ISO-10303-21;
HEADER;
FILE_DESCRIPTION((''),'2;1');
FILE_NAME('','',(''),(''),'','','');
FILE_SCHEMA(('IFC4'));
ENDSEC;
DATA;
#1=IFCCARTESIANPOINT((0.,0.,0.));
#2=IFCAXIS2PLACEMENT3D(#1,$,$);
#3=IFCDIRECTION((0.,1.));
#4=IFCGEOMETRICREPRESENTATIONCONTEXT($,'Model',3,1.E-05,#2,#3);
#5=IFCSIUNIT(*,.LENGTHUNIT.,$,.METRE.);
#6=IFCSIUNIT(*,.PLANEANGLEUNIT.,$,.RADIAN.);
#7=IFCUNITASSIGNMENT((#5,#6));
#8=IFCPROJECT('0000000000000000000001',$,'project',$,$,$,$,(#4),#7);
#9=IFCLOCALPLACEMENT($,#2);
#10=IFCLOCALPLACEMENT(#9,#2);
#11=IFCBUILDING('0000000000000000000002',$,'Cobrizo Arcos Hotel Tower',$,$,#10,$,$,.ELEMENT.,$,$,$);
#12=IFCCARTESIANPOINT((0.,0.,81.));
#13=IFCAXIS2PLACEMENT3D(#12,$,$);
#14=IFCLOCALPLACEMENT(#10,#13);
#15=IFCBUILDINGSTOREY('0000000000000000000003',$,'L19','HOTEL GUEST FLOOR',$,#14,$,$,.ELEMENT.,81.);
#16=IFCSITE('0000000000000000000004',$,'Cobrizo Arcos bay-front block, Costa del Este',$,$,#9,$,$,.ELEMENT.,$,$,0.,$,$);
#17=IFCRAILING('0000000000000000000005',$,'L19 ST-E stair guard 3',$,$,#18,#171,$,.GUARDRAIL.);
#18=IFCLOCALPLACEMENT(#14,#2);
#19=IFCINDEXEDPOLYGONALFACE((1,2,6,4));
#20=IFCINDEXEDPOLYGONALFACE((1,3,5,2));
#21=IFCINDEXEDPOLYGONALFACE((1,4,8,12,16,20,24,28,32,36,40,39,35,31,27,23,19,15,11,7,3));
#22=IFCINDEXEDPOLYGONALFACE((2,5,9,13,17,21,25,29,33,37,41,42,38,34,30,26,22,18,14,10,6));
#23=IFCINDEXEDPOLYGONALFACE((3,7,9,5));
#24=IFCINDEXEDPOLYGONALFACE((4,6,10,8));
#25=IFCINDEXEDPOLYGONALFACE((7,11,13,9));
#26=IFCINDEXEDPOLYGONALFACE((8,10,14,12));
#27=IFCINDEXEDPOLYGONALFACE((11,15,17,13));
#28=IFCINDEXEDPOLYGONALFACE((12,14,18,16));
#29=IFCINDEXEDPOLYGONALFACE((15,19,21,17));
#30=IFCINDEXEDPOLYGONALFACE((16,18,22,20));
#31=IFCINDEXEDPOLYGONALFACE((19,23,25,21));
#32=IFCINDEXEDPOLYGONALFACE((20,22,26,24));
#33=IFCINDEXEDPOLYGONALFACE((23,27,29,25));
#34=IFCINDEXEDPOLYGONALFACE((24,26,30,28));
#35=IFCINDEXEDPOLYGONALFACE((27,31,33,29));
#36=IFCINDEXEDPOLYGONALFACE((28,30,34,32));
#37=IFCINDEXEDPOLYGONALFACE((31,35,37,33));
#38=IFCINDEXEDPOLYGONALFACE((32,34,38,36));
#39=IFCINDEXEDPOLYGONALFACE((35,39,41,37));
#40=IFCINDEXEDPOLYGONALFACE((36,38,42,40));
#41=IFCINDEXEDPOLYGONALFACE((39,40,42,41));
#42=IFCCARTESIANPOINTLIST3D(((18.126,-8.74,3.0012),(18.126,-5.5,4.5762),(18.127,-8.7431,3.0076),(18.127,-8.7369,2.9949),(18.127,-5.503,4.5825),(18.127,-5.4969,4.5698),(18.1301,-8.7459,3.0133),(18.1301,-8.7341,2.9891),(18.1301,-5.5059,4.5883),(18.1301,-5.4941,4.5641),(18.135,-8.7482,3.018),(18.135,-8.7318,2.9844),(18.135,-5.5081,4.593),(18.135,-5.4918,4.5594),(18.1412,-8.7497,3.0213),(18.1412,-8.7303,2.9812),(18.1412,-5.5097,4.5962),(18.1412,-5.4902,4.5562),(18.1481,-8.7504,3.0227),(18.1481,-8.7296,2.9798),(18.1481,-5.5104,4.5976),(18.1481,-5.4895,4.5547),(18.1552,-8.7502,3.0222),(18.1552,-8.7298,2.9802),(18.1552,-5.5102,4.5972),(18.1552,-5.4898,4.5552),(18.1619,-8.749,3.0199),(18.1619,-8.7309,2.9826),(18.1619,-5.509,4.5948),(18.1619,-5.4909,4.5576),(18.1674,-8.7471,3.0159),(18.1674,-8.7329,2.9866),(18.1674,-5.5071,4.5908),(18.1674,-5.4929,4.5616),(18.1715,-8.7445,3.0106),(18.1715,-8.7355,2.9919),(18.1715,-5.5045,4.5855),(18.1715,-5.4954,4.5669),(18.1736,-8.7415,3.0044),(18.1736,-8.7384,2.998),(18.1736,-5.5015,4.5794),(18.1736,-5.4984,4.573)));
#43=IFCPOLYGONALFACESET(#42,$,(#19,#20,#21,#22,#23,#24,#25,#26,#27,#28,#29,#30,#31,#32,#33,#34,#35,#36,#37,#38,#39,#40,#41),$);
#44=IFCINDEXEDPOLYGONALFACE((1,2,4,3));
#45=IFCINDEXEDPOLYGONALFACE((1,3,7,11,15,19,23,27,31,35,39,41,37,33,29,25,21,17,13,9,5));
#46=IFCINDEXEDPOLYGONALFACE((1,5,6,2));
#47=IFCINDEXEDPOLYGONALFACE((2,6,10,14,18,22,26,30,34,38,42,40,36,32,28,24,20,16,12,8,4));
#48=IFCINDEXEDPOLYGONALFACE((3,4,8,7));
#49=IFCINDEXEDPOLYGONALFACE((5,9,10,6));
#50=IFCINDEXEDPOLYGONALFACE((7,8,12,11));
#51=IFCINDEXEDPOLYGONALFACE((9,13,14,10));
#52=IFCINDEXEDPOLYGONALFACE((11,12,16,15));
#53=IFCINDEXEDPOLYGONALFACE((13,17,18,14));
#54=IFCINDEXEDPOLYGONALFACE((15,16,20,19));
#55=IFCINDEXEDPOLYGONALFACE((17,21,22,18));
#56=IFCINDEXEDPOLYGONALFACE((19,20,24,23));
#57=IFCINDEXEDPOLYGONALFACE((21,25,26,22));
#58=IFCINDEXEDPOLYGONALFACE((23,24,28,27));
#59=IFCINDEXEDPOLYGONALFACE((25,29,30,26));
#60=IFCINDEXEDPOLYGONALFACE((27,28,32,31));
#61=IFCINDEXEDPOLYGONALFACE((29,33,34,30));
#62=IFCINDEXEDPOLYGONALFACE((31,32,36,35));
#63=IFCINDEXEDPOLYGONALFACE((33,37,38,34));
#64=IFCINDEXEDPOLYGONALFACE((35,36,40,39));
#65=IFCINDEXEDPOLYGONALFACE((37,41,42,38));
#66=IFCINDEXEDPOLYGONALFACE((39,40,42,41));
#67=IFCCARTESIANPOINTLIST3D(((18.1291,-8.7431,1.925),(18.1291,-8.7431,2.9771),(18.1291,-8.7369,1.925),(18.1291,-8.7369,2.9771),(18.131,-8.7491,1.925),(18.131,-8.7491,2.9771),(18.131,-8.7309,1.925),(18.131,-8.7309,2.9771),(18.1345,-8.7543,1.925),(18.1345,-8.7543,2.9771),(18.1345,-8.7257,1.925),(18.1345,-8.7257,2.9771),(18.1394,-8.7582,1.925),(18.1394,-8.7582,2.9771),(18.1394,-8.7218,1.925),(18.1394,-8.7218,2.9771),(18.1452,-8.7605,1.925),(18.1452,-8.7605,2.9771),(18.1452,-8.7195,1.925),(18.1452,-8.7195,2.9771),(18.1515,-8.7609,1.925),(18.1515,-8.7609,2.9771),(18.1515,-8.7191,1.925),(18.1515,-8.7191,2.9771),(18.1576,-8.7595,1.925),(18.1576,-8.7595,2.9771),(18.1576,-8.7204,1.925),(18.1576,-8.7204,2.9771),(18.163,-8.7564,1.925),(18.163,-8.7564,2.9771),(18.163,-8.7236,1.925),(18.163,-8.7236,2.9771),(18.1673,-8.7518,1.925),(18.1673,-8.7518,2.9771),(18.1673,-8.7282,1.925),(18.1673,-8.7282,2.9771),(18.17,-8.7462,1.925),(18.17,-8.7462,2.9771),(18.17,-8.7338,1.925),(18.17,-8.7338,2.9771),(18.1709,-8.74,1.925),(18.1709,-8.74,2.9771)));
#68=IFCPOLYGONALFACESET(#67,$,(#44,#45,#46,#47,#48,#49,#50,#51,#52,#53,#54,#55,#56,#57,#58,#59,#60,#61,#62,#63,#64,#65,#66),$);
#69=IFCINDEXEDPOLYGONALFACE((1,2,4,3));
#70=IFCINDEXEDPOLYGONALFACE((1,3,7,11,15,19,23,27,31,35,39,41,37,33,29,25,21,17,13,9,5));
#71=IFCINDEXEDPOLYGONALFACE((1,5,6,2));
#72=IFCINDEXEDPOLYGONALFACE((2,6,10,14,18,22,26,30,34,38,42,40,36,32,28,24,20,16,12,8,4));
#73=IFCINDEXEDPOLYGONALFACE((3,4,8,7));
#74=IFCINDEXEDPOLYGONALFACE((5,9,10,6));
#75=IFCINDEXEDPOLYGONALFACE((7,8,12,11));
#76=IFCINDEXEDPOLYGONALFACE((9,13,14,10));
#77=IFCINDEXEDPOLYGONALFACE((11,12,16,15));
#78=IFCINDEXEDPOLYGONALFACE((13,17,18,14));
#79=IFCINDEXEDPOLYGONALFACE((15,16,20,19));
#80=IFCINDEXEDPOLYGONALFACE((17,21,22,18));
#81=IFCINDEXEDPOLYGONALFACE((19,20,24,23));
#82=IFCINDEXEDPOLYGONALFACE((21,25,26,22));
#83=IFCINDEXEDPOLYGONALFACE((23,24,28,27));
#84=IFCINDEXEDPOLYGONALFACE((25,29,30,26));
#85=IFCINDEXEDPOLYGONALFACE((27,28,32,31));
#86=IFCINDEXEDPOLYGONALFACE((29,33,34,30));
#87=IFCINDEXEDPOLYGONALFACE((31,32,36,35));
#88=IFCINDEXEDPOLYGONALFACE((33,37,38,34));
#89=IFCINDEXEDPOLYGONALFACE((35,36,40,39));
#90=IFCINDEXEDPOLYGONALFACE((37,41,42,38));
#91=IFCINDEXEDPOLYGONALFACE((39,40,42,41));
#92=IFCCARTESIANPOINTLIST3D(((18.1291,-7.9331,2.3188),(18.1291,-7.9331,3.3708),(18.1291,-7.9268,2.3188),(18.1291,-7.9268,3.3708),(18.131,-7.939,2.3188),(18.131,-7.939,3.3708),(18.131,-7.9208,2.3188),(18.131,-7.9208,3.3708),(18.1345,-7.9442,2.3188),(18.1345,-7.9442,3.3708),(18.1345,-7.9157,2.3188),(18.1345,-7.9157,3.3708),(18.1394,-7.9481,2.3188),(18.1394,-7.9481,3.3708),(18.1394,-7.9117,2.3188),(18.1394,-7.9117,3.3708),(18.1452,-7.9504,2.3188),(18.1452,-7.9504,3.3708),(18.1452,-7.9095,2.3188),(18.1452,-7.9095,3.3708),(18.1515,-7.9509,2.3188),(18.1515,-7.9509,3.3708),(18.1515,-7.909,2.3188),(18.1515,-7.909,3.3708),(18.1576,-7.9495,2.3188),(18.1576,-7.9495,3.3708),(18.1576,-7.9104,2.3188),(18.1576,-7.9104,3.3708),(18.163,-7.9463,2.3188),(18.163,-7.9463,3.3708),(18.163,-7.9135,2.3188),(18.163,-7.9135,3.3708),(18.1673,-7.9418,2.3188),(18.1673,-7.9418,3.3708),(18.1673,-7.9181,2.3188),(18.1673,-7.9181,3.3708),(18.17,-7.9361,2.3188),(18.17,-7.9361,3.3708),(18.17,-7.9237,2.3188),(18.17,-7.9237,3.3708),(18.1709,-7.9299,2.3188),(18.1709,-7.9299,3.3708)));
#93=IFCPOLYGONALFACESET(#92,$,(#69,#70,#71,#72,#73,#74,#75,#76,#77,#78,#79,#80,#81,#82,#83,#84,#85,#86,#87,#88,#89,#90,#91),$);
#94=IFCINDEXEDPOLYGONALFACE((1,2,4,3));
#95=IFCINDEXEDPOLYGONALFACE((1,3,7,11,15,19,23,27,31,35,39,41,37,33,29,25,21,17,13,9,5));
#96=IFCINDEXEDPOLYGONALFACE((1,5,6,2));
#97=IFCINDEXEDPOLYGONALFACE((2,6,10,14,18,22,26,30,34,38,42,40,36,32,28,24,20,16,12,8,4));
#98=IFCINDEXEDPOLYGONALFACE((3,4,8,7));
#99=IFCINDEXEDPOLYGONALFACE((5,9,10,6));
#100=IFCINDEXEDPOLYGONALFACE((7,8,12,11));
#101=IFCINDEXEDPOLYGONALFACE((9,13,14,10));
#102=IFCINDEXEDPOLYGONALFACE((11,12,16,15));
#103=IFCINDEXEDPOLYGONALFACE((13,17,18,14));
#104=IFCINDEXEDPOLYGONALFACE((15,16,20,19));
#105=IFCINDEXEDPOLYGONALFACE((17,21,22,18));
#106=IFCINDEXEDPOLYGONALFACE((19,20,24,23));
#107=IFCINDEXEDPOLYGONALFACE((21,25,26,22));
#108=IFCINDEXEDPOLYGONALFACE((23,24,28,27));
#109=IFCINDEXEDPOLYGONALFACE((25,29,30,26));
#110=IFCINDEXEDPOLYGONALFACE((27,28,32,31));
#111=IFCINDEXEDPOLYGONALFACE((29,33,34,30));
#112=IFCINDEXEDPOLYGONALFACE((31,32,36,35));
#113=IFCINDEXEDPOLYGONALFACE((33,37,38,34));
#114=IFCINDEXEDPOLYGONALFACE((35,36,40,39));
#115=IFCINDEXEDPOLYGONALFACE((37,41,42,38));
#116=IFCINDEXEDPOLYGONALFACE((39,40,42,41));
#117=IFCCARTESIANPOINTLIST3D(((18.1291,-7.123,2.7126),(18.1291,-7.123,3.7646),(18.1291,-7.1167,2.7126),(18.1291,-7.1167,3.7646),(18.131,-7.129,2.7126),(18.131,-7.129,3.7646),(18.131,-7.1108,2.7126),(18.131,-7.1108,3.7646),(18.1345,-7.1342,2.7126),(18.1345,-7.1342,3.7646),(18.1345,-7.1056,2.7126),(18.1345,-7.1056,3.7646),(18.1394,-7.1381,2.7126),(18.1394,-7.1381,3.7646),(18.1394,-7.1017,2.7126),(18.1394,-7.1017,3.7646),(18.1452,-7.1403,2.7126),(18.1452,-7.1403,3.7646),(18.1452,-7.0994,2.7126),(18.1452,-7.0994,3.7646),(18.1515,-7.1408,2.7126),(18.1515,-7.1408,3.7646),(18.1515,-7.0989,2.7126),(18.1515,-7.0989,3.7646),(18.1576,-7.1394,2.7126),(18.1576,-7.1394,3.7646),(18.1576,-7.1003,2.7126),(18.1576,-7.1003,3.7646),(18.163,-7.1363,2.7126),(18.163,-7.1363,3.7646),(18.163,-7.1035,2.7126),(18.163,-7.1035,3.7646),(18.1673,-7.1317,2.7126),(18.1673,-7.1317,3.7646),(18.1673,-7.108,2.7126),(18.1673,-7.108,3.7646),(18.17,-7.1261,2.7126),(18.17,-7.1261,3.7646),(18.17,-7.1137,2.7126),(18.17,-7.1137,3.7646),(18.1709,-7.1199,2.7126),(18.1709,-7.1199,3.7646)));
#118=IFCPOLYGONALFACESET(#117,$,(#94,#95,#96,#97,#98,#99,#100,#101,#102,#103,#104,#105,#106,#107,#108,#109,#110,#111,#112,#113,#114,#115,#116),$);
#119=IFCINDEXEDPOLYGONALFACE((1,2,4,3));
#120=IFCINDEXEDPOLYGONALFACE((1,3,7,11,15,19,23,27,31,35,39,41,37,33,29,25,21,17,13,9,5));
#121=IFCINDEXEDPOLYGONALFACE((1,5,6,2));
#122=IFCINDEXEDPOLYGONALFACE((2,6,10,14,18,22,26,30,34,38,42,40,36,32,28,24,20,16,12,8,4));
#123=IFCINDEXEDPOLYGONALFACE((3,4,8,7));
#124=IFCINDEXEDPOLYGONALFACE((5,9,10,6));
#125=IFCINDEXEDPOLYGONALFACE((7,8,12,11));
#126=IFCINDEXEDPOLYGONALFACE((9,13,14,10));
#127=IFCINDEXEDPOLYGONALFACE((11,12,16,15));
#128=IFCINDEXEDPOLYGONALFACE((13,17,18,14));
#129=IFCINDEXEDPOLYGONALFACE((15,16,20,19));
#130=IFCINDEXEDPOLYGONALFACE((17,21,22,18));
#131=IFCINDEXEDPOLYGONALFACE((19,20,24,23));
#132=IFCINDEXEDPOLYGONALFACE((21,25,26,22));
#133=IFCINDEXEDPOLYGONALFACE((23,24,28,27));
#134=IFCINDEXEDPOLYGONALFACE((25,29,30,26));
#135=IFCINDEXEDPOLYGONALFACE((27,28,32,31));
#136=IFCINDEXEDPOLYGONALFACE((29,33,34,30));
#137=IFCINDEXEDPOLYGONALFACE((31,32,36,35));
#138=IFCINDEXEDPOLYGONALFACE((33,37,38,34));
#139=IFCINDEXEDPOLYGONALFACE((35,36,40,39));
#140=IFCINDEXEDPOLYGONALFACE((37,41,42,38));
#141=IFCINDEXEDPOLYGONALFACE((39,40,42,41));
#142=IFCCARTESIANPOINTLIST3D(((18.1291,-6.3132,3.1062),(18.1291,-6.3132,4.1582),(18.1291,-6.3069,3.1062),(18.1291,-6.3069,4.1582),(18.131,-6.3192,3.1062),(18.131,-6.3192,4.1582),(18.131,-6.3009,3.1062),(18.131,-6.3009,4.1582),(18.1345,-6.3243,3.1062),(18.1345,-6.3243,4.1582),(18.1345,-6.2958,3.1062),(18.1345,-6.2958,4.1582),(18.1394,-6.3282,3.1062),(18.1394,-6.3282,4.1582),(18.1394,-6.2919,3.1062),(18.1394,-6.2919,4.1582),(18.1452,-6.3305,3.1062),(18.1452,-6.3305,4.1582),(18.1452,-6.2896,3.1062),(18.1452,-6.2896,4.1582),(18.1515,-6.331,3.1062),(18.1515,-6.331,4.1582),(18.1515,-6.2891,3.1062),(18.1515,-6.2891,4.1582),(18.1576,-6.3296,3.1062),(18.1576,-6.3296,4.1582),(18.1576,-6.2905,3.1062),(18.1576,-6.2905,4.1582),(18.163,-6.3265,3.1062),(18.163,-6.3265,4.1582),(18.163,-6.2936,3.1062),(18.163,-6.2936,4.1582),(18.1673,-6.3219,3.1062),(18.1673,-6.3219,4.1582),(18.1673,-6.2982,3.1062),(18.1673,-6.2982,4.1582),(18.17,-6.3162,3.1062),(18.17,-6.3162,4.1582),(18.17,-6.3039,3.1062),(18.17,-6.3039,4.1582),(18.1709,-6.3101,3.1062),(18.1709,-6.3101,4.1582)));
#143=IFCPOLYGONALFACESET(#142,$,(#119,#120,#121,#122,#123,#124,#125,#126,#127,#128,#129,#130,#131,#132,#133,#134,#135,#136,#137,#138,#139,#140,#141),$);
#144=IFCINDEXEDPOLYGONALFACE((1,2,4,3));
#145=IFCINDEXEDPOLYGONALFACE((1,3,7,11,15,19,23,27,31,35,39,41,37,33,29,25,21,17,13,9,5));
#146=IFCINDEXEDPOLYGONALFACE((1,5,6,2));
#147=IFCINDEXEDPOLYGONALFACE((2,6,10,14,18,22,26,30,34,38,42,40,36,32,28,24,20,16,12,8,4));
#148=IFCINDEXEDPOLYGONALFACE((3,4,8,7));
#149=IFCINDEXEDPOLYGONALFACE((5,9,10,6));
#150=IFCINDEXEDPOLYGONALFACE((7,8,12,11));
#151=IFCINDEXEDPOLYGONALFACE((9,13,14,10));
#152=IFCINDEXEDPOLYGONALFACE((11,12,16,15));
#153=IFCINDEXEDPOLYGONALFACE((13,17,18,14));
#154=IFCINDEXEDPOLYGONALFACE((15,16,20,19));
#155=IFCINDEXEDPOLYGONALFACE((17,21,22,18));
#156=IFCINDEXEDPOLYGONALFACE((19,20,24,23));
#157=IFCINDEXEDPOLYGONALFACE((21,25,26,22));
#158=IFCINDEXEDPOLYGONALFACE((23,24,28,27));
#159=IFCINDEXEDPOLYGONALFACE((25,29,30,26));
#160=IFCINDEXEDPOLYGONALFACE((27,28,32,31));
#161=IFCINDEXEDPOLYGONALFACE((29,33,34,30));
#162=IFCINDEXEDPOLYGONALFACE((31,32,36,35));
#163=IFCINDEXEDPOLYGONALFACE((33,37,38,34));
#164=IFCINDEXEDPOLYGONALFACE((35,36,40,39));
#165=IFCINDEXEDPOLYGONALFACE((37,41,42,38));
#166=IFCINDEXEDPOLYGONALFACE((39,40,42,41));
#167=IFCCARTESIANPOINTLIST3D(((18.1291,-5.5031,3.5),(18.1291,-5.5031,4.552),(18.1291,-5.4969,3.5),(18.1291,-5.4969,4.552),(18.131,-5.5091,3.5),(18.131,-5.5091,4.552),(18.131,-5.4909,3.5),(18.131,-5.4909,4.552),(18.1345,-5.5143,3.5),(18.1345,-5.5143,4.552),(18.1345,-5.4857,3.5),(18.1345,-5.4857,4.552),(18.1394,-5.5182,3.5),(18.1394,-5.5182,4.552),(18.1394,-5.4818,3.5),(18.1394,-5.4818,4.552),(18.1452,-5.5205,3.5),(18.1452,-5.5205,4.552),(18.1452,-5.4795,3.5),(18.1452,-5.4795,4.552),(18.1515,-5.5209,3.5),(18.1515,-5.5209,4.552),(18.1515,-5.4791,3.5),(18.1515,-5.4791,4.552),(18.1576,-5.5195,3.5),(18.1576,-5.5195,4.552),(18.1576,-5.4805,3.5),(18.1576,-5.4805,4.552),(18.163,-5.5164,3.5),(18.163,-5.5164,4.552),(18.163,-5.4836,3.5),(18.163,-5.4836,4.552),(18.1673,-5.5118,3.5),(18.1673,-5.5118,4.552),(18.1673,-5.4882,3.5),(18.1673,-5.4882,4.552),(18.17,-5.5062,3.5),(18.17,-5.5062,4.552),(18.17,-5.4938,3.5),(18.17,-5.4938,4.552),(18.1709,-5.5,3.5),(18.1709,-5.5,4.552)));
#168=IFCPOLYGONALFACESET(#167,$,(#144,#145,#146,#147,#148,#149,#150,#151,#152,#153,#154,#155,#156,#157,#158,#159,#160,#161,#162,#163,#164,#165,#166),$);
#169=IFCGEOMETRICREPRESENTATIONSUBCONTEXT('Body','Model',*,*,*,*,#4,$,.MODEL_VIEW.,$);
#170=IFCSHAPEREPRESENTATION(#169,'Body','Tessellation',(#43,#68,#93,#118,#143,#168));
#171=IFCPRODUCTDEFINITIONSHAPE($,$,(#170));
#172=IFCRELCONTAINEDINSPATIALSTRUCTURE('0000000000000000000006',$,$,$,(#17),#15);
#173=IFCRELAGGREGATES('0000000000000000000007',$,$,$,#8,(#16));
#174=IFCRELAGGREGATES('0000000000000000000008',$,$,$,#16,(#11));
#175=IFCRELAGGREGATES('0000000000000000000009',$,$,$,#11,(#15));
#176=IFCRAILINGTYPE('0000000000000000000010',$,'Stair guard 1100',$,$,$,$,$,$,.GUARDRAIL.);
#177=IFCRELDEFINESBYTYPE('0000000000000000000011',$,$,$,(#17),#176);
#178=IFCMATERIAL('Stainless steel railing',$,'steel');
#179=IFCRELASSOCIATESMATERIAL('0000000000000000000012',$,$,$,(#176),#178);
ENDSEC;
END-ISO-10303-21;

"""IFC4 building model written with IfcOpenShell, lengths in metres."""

from ifc_helpers import new_model, si_unit, direction, frame, origin, origin_2d, place, context, subcontext, project, spatial, circle, extrude, material, type_object, element, save


model = new_model("IFC4")

# Units and contexts
model_context = context("Model", 3, precision=1e-05, world=origin(), true_north=direction((0.0, 1.0)))
body_context = subcontext(model_context, "Body", "Model", "MODEL_VIEW")
ifc_project = project(units=[si_unit("LENGTHUNIT", "METRE"), si_unit("PLANEANGLEUNIT", "RADIAN")], contexts=[model_context])

# Site, building, storey
site_placement = place(None, origin())
site = spatial("IfcSite", under=ifc_project, at=site_placement, Name="Cobrizo Arcos bay-front block, Costa del Este", CompositionType="ELEMENT", RefElevation=0.0)
building_placement = place(site_placement, origin())
building = spatial("IfcBuilding", under=site, at=building_placement, Name="Cobrizo Arcos Hotel Tower", CompositionType="ELEMENT")
storey_placement = place(building_placement, frame((0.0, 0.0, 81.0)))
storey = spatial("IfcBuildingStorey", under=building, at=storey_placement, Name="L19", Description="HOTEL GUEST FLOOR", CompositionType="ELEMENT", Elevation=81.0)

# Railing
ifc_material_1 = material(Name="Stainless steel railing", Category="steel")
railing_type_1 = type_object("IfcRailingType", Name="Stair guard 1100", PredefinedType="GUARDRAIL", material=ifc_material_1)
railing_1_placement = place(storey_placement, frame((18.1499, -8.74, 1.925)))
element("IfcRailing", 1, at=railing_1_placement, inside=storey, type_object=railing_type_1, Name="L19 ST-E stair guard 3", PredefinedType="GUARDRAIL", context=body_context, shape_type="SweptSolid", body=[
    extrude(circle(Radius=0.0239, at=origin_2d()), frame((0.0, 0.0, 1.0762), z_axis=(0.0, 0.899373, 0.437183), x_axis=(-1.0, 0.0, 0.0)), (0.0, 0.0, 1.0), 3.6025),
    extrude(circle(Radius=0.021, at=origin_2d()), origin(), (0.0, 0.0, 1.0), 1.052),
    extrude(circle(Radius=0.021, at=origin_2d()), frame((0.0, 0.8101, 0.3938)), (0.0, 0.0, 1.0), 1.052),
    extrude(circle(Radius=0.021, at=origin_2d()), frame((0.0, 1.6201, 0.7876)), (0.0, 0.0, 1.0), 1.052),
    extrude(circle(Radius=0.021, at=origin_2d()), frame((0.0, 2.4299, 1.1812)), (0.0, 0.0, 1.0), 1.052),
    extrude(circle(Radius=0.021, at=origin_2d()), frame((0.0, 3.24, 1.575)), (0.0, 0.0, 1.0), 1.052),
])

save(model, "model.ifc")
